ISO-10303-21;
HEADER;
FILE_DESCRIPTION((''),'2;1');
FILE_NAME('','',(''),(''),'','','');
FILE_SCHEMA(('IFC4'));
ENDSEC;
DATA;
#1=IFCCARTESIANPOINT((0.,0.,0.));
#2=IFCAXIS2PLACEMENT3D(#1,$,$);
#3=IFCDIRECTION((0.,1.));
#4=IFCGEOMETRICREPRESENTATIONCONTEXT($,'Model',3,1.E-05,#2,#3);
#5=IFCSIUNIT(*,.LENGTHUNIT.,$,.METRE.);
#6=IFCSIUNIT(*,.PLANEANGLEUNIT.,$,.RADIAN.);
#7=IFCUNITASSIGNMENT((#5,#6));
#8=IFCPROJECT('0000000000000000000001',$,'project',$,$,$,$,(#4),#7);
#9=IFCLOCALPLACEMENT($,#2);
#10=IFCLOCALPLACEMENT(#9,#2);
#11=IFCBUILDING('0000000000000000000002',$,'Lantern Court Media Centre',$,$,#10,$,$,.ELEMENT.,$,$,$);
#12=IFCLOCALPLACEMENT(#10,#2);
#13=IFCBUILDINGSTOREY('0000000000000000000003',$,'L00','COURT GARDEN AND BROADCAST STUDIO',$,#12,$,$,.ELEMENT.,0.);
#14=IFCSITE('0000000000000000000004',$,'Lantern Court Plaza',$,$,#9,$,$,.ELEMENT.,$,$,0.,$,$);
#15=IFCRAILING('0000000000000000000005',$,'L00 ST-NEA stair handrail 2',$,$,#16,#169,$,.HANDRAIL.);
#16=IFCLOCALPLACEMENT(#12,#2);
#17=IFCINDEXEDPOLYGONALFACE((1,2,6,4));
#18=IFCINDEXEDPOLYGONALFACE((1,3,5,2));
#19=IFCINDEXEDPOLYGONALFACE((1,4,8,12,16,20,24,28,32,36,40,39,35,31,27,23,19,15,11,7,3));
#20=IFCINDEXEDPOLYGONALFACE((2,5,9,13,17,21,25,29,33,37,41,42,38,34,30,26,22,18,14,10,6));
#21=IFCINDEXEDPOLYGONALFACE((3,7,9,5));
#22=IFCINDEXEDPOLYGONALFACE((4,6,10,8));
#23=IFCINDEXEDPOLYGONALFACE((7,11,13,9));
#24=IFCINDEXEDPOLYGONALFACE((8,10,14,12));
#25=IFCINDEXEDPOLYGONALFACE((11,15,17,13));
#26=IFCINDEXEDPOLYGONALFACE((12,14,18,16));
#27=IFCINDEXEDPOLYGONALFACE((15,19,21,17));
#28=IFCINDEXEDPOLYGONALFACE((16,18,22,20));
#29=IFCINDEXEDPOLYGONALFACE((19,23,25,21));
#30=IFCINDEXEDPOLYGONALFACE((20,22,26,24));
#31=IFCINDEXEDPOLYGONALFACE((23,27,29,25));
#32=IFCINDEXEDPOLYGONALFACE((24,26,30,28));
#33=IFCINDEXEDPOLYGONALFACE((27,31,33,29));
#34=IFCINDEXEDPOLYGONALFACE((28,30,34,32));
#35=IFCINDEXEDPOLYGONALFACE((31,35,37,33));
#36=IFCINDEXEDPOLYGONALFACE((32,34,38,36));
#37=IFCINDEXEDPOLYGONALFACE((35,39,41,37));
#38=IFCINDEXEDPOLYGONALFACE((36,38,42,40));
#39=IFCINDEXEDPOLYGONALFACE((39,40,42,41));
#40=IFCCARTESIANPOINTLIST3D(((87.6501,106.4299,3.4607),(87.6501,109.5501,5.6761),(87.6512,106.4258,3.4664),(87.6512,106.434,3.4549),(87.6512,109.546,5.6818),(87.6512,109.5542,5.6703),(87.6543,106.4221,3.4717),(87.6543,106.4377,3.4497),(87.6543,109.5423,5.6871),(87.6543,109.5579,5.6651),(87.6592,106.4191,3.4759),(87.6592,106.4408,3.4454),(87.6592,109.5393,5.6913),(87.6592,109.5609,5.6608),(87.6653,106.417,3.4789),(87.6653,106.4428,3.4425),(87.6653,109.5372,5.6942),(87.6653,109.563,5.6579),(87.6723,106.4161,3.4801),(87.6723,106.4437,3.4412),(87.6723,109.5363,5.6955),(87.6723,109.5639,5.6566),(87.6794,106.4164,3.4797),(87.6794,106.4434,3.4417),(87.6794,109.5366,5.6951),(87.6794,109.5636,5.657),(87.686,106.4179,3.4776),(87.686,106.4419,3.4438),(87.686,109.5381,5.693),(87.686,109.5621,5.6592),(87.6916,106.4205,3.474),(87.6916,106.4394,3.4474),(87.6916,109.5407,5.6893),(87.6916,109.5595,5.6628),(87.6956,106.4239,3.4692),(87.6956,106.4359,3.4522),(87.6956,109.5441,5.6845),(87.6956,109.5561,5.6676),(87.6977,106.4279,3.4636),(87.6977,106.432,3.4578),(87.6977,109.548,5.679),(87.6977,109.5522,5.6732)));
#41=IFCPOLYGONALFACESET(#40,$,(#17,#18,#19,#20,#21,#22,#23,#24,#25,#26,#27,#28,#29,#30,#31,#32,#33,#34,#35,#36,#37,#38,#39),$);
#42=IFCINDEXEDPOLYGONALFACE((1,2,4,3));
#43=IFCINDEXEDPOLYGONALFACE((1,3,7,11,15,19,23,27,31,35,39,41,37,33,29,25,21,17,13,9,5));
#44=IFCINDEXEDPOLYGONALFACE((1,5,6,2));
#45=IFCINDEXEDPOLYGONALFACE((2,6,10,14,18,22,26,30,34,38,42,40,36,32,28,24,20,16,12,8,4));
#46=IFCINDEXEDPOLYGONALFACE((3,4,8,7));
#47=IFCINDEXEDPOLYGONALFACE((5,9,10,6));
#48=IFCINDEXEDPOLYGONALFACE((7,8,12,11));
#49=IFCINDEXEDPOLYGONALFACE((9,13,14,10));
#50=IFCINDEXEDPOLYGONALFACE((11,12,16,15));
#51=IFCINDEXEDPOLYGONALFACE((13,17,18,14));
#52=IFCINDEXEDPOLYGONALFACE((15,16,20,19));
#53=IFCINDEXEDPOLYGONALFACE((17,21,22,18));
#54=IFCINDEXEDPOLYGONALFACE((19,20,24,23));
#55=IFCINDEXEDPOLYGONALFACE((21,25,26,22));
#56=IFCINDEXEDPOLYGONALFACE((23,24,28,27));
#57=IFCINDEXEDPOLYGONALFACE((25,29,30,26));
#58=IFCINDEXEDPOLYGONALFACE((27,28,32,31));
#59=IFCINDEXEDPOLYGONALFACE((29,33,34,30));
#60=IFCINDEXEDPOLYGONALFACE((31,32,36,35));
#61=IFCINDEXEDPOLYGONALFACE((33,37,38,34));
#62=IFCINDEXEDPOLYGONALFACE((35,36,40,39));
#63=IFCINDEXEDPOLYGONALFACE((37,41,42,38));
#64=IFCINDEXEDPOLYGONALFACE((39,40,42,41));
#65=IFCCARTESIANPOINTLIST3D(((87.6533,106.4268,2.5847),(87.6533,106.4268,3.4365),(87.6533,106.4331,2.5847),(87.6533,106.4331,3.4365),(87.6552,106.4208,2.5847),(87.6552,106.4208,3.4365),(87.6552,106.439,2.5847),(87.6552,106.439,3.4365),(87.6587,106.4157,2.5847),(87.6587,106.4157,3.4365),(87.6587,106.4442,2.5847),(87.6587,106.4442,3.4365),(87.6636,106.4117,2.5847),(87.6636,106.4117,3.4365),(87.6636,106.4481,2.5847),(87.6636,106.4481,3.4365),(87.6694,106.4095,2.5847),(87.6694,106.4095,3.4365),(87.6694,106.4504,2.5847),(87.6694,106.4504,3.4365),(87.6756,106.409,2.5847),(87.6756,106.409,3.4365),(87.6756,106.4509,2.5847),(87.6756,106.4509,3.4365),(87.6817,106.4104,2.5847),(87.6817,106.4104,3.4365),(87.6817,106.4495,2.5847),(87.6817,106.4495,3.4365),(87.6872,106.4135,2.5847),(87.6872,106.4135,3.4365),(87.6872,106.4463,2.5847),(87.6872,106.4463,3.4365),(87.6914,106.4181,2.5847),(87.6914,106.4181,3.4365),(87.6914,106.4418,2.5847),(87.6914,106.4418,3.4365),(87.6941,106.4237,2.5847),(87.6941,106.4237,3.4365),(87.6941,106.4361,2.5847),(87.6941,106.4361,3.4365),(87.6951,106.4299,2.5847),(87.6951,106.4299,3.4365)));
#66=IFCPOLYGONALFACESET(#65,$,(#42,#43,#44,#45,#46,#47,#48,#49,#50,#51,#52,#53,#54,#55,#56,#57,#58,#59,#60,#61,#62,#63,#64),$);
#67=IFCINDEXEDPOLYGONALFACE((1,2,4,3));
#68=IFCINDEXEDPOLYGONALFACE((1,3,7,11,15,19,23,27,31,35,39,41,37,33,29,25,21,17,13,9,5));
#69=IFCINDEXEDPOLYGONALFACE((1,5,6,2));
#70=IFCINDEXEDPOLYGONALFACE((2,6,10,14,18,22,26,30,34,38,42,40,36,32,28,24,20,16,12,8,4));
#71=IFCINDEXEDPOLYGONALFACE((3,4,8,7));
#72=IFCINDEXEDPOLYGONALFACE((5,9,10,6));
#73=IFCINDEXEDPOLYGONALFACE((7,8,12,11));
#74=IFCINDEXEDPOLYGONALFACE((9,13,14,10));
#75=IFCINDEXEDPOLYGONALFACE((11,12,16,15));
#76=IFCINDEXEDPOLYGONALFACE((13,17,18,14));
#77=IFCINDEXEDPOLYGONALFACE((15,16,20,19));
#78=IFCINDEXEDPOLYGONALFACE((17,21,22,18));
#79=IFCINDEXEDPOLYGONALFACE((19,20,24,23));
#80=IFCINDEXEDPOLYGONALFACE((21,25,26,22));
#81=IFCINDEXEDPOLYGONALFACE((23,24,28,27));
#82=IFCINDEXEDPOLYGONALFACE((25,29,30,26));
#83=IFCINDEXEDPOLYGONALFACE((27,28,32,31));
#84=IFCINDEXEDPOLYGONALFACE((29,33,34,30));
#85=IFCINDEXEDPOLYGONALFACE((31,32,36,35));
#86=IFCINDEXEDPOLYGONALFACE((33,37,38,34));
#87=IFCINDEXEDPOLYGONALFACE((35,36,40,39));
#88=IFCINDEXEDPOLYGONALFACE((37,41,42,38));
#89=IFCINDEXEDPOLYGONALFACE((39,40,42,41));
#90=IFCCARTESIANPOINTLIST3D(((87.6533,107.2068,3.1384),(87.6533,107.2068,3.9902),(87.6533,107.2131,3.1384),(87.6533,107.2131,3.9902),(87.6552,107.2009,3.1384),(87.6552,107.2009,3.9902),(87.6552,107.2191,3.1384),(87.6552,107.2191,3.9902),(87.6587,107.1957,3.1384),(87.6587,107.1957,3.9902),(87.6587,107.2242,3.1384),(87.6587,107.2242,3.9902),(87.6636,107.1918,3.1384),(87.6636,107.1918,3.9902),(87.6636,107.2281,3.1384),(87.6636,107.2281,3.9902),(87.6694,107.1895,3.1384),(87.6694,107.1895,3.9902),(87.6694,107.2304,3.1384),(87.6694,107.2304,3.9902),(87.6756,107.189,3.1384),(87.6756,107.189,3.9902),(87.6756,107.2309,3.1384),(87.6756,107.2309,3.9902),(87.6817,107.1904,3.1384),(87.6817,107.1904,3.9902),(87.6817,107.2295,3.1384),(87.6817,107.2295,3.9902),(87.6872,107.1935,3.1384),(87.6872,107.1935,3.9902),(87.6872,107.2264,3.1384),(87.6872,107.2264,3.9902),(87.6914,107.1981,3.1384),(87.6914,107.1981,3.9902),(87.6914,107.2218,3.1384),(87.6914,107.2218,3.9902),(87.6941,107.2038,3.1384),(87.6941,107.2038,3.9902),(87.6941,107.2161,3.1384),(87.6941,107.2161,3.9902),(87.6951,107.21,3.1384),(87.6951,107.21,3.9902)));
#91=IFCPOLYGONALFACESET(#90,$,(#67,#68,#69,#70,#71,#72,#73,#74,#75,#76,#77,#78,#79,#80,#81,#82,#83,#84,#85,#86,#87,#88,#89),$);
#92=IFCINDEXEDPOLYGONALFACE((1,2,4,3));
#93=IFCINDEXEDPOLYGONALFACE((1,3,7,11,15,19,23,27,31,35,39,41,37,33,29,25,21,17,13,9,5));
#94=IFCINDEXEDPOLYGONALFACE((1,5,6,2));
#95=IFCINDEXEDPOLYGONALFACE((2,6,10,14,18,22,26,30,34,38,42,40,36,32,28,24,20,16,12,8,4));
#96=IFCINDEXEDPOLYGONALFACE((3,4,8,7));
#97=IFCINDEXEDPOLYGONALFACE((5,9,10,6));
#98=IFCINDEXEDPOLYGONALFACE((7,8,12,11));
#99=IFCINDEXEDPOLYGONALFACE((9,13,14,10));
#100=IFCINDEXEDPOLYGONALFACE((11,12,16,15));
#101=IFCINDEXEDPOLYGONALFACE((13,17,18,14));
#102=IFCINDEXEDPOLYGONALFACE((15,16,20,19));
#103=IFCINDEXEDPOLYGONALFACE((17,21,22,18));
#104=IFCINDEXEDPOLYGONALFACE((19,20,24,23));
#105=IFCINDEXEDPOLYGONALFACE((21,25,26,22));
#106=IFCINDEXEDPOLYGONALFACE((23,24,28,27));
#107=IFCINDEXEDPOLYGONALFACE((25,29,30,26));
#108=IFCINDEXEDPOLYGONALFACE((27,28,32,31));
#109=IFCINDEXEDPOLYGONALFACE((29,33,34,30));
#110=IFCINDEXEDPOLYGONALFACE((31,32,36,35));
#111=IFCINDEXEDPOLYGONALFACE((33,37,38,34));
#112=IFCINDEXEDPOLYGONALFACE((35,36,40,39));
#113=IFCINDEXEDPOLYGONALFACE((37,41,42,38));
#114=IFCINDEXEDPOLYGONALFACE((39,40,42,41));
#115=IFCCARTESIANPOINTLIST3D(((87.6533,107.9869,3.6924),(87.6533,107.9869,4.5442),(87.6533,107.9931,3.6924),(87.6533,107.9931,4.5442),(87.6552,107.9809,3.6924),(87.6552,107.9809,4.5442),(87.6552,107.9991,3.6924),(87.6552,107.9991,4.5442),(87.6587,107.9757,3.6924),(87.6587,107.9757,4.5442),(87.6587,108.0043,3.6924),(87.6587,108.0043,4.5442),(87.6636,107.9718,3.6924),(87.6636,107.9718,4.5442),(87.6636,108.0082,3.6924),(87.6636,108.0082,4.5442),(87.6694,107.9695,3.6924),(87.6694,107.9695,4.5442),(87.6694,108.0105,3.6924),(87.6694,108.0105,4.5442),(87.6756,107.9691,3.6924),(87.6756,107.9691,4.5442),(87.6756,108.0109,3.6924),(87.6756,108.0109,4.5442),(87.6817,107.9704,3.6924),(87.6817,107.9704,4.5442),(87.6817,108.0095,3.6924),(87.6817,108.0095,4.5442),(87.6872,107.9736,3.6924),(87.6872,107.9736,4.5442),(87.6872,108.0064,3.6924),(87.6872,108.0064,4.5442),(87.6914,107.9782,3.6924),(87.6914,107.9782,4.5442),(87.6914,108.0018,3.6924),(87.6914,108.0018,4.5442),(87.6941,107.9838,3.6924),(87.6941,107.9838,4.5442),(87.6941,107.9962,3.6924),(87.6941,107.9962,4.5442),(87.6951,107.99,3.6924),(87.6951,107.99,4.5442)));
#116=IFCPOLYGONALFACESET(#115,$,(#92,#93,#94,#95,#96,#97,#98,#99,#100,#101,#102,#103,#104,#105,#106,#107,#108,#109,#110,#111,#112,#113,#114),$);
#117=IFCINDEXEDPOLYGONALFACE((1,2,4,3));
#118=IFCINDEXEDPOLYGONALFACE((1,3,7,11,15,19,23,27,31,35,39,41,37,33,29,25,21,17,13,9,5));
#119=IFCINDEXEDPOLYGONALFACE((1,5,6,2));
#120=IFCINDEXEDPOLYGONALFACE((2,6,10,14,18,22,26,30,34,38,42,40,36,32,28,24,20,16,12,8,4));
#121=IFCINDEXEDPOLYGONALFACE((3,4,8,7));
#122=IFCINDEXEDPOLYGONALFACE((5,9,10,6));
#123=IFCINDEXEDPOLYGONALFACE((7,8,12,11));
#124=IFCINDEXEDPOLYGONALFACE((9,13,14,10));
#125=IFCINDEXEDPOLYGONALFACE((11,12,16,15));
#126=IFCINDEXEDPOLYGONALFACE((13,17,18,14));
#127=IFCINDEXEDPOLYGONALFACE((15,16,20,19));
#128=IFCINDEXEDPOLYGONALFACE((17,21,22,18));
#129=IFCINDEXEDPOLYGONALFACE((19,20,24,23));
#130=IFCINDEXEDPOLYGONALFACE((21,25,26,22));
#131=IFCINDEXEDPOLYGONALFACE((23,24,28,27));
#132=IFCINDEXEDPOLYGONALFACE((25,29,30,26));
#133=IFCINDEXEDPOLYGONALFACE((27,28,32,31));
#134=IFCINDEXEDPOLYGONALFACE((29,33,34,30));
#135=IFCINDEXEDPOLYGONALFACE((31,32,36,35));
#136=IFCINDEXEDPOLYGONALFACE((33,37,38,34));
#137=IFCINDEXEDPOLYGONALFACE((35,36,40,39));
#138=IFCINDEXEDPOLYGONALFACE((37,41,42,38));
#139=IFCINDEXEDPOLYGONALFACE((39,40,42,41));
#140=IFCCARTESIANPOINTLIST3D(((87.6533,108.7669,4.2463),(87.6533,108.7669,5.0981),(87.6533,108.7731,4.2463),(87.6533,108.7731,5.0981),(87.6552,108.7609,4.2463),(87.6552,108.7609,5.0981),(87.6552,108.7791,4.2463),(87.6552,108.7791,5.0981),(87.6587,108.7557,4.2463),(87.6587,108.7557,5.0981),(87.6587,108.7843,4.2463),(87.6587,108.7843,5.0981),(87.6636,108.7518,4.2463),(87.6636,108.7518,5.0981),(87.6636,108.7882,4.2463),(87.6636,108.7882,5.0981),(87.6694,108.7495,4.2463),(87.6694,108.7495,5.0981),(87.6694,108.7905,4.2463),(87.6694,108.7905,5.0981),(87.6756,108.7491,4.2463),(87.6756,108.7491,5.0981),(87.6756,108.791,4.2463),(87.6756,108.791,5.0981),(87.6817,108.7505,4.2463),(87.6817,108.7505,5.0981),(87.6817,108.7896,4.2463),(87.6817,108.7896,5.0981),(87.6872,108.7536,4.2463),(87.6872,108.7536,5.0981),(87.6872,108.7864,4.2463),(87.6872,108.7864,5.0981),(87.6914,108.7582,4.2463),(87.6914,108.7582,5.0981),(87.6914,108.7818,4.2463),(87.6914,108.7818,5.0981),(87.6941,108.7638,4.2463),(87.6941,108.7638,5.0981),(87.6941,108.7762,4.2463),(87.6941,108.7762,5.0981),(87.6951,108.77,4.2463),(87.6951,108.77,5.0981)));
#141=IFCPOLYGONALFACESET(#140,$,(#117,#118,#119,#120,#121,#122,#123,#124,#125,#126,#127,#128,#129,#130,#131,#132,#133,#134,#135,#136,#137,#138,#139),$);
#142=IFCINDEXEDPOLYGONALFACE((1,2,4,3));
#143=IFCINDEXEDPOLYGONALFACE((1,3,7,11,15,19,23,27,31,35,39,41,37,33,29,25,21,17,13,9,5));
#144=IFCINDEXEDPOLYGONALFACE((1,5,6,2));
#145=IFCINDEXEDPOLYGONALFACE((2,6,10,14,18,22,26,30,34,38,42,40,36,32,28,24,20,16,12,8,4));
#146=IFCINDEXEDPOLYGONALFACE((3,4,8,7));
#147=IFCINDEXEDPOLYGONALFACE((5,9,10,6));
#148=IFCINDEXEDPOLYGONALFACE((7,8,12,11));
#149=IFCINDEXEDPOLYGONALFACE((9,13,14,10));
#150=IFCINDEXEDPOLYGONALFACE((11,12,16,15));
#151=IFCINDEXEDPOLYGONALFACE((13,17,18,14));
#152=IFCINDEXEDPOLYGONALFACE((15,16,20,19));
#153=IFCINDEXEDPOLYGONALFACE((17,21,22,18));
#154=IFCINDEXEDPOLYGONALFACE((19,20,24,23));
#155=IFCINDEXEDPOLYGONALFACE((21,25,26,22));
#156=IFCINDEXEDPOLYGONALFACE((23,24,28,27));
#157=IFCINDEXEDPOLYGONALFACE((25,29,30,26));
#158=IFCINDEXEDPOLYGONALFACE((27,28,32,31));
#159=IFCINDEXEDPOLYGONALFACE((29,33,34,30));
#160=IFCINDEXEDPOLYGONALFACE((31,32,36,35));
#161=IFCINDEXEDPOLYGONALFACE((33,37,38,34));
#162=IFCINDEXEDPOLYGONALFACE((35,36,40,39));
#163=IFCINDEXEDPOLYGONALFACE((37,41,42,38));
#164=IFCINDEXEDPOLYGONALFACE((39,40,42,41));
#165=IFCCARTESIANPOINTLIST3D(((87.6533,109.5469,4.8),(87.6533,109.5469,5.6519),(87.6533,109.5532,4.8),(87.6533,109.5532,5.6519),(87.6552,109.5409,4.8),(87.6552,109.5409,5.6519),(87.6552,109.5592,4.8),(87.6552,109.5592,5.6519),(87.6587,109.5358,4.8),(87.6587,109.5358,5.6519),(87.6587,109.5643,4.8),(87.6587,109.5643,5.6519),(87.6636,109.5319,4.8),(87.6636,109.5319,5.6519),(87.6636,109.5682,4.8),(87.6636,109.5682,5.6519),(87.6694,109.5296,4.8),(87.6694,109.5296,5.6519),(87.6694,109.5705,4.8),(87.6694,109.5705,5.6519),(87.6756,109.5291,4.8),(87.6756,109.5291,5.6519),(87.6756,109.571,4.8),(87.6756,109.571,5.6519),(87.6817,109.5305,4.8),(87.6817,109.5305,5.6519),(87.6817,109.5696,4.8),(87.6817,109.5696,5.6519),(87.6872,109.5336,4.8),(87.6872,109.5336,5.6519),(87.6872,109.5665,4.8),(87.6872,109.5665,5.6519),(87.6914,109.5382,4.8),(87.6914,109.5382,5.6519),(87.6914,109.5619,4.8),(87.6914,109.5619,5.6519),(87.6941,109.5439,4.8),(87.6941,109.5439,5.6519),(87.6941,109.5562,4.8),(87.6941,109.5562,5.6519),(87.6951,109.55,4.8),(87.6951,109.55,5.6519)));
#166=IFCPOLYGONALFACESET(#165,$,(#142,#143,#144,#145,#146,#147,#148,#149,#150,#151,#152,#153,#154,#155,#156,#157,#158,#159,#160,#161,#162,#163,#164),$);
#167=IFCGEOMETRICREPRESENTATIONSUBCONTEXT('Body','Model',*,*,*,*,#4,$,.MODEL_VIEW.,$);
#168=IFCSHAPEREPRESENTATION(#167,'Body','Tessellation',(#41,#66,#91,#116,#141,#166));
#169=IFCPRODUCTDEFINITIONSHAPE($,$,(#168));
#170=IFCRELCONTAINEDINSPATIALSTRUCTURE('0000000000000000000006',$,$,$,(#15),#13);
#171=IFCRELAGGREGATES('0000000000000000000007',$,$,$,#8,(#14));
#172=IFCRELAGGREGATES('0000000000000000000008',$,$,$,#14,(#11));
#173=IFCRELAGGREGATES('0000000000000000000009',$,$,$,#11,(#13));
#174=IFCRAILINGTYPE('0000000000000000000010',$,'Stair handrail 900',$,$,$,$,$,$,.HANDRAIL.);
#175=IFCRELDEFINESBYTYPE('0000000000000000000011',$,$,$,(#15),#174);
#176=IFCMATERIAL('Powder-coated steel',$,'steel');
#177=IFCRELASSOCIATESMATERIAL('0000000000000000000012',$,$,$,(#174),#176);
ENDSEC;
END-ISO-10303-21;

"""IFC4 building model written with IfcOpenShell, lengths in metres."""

from ifc_helpers import new_model, si_unit, direction, frame, origin, origin_2d, place, context, subcontext, project, spatial, circle, extrude, material, type_object, element, save


model = new_model("IFC4")

# Units and contexts
model_context = context("Model", 3, precision=1e-05, world=origin(), true_north=direction((0.0, 1.0)))
body_context = subcontext(model_context, "Body", "Model", "MODEL_VIEW")
ifc_project = project(units=[si_unit("LENGTHUNIT", "METRE"), si_unit("PLANEANGLEUNIT", "RADIAN")], contexts=[model_context])

# Site, building, storey
site_placement = place(None, origin())
site = spatial("IfcSite", under=ifc_project, at=site_placement, Name="Lantern Court Plaza", CompositionType="ELEMENT", RefElevation=0.0)
building_placement = place(site_placement, origin())
building = spatial("IfcBuilding", under=site, at=building_placement, Name="Lantern Court Media Centre", CompositionType="ELEMENT")
storey_placement = place(building_placement, origin())
storey = spatial("IfcBuildingStorey", under=building, at=storey_placement, Name="L00", Description="COURT GARDEN AND BROADCAST STUDIO", CompositionType="ELEMENT", Elevation=0.0)

# Railing
ifc_material_1 = material(Name="Powder-coated steel", Category="steel")
railing_type = type_object("IfcRailingType", Name="Stair handrail 900", PredefinedType="HANDRAIL", material=ifc_material_1)
railing_placement = place(storey_placement, frame((87.6741, 106.4299, 2.5847)))
element("IfcRailing", 1, at=railing_placement, inside=storey, type_object=railing_type, Name="L00 ST-NEA stair handrail 2", PredefinedType="HANDRAIL", context=body_context, shape_type="SweptSolid", body=[
    extrude(circle(Radius=0.0239, at=origin_2d()), frame((0.0, 0.0, 0.876), z_axis=(0.0, 0.815377, 0.57893), x_axis=(-1.0, 0.0, 0.0)), (0.0, 0.0, 1.0), 3.8267),
    extrude(circle(Radius=0.021, at=origin_2d()), origin(), (0.0, 0.0, 1.0), 0.8518),
    extrude(circle(Radius=0.021, at=origin_2d()), frame((0.0, 0.78, 0.5537)), (0.0, 0.0, 1.0), 0.8518),
    extrude(circle(Radius=0.021, at=origin_2d()), frame((0.0, 1.5601, 1.1077)), (0.0, 0.0, 1.0), 0.8518),
    extrude(circle(Radius=0.021, at=origin_2d()), frame((0.0, 2.3401, 1.6616)), (0.0, 0.0, 1.0), 0.8518),
    extrude(circle(Radius=0.021, at=origin_2d()), frame((0.0, 3.1201, 2.2153)), (0.0, 0.0, 1.0), 0.8518),
])

save(model, "model.ifc")
